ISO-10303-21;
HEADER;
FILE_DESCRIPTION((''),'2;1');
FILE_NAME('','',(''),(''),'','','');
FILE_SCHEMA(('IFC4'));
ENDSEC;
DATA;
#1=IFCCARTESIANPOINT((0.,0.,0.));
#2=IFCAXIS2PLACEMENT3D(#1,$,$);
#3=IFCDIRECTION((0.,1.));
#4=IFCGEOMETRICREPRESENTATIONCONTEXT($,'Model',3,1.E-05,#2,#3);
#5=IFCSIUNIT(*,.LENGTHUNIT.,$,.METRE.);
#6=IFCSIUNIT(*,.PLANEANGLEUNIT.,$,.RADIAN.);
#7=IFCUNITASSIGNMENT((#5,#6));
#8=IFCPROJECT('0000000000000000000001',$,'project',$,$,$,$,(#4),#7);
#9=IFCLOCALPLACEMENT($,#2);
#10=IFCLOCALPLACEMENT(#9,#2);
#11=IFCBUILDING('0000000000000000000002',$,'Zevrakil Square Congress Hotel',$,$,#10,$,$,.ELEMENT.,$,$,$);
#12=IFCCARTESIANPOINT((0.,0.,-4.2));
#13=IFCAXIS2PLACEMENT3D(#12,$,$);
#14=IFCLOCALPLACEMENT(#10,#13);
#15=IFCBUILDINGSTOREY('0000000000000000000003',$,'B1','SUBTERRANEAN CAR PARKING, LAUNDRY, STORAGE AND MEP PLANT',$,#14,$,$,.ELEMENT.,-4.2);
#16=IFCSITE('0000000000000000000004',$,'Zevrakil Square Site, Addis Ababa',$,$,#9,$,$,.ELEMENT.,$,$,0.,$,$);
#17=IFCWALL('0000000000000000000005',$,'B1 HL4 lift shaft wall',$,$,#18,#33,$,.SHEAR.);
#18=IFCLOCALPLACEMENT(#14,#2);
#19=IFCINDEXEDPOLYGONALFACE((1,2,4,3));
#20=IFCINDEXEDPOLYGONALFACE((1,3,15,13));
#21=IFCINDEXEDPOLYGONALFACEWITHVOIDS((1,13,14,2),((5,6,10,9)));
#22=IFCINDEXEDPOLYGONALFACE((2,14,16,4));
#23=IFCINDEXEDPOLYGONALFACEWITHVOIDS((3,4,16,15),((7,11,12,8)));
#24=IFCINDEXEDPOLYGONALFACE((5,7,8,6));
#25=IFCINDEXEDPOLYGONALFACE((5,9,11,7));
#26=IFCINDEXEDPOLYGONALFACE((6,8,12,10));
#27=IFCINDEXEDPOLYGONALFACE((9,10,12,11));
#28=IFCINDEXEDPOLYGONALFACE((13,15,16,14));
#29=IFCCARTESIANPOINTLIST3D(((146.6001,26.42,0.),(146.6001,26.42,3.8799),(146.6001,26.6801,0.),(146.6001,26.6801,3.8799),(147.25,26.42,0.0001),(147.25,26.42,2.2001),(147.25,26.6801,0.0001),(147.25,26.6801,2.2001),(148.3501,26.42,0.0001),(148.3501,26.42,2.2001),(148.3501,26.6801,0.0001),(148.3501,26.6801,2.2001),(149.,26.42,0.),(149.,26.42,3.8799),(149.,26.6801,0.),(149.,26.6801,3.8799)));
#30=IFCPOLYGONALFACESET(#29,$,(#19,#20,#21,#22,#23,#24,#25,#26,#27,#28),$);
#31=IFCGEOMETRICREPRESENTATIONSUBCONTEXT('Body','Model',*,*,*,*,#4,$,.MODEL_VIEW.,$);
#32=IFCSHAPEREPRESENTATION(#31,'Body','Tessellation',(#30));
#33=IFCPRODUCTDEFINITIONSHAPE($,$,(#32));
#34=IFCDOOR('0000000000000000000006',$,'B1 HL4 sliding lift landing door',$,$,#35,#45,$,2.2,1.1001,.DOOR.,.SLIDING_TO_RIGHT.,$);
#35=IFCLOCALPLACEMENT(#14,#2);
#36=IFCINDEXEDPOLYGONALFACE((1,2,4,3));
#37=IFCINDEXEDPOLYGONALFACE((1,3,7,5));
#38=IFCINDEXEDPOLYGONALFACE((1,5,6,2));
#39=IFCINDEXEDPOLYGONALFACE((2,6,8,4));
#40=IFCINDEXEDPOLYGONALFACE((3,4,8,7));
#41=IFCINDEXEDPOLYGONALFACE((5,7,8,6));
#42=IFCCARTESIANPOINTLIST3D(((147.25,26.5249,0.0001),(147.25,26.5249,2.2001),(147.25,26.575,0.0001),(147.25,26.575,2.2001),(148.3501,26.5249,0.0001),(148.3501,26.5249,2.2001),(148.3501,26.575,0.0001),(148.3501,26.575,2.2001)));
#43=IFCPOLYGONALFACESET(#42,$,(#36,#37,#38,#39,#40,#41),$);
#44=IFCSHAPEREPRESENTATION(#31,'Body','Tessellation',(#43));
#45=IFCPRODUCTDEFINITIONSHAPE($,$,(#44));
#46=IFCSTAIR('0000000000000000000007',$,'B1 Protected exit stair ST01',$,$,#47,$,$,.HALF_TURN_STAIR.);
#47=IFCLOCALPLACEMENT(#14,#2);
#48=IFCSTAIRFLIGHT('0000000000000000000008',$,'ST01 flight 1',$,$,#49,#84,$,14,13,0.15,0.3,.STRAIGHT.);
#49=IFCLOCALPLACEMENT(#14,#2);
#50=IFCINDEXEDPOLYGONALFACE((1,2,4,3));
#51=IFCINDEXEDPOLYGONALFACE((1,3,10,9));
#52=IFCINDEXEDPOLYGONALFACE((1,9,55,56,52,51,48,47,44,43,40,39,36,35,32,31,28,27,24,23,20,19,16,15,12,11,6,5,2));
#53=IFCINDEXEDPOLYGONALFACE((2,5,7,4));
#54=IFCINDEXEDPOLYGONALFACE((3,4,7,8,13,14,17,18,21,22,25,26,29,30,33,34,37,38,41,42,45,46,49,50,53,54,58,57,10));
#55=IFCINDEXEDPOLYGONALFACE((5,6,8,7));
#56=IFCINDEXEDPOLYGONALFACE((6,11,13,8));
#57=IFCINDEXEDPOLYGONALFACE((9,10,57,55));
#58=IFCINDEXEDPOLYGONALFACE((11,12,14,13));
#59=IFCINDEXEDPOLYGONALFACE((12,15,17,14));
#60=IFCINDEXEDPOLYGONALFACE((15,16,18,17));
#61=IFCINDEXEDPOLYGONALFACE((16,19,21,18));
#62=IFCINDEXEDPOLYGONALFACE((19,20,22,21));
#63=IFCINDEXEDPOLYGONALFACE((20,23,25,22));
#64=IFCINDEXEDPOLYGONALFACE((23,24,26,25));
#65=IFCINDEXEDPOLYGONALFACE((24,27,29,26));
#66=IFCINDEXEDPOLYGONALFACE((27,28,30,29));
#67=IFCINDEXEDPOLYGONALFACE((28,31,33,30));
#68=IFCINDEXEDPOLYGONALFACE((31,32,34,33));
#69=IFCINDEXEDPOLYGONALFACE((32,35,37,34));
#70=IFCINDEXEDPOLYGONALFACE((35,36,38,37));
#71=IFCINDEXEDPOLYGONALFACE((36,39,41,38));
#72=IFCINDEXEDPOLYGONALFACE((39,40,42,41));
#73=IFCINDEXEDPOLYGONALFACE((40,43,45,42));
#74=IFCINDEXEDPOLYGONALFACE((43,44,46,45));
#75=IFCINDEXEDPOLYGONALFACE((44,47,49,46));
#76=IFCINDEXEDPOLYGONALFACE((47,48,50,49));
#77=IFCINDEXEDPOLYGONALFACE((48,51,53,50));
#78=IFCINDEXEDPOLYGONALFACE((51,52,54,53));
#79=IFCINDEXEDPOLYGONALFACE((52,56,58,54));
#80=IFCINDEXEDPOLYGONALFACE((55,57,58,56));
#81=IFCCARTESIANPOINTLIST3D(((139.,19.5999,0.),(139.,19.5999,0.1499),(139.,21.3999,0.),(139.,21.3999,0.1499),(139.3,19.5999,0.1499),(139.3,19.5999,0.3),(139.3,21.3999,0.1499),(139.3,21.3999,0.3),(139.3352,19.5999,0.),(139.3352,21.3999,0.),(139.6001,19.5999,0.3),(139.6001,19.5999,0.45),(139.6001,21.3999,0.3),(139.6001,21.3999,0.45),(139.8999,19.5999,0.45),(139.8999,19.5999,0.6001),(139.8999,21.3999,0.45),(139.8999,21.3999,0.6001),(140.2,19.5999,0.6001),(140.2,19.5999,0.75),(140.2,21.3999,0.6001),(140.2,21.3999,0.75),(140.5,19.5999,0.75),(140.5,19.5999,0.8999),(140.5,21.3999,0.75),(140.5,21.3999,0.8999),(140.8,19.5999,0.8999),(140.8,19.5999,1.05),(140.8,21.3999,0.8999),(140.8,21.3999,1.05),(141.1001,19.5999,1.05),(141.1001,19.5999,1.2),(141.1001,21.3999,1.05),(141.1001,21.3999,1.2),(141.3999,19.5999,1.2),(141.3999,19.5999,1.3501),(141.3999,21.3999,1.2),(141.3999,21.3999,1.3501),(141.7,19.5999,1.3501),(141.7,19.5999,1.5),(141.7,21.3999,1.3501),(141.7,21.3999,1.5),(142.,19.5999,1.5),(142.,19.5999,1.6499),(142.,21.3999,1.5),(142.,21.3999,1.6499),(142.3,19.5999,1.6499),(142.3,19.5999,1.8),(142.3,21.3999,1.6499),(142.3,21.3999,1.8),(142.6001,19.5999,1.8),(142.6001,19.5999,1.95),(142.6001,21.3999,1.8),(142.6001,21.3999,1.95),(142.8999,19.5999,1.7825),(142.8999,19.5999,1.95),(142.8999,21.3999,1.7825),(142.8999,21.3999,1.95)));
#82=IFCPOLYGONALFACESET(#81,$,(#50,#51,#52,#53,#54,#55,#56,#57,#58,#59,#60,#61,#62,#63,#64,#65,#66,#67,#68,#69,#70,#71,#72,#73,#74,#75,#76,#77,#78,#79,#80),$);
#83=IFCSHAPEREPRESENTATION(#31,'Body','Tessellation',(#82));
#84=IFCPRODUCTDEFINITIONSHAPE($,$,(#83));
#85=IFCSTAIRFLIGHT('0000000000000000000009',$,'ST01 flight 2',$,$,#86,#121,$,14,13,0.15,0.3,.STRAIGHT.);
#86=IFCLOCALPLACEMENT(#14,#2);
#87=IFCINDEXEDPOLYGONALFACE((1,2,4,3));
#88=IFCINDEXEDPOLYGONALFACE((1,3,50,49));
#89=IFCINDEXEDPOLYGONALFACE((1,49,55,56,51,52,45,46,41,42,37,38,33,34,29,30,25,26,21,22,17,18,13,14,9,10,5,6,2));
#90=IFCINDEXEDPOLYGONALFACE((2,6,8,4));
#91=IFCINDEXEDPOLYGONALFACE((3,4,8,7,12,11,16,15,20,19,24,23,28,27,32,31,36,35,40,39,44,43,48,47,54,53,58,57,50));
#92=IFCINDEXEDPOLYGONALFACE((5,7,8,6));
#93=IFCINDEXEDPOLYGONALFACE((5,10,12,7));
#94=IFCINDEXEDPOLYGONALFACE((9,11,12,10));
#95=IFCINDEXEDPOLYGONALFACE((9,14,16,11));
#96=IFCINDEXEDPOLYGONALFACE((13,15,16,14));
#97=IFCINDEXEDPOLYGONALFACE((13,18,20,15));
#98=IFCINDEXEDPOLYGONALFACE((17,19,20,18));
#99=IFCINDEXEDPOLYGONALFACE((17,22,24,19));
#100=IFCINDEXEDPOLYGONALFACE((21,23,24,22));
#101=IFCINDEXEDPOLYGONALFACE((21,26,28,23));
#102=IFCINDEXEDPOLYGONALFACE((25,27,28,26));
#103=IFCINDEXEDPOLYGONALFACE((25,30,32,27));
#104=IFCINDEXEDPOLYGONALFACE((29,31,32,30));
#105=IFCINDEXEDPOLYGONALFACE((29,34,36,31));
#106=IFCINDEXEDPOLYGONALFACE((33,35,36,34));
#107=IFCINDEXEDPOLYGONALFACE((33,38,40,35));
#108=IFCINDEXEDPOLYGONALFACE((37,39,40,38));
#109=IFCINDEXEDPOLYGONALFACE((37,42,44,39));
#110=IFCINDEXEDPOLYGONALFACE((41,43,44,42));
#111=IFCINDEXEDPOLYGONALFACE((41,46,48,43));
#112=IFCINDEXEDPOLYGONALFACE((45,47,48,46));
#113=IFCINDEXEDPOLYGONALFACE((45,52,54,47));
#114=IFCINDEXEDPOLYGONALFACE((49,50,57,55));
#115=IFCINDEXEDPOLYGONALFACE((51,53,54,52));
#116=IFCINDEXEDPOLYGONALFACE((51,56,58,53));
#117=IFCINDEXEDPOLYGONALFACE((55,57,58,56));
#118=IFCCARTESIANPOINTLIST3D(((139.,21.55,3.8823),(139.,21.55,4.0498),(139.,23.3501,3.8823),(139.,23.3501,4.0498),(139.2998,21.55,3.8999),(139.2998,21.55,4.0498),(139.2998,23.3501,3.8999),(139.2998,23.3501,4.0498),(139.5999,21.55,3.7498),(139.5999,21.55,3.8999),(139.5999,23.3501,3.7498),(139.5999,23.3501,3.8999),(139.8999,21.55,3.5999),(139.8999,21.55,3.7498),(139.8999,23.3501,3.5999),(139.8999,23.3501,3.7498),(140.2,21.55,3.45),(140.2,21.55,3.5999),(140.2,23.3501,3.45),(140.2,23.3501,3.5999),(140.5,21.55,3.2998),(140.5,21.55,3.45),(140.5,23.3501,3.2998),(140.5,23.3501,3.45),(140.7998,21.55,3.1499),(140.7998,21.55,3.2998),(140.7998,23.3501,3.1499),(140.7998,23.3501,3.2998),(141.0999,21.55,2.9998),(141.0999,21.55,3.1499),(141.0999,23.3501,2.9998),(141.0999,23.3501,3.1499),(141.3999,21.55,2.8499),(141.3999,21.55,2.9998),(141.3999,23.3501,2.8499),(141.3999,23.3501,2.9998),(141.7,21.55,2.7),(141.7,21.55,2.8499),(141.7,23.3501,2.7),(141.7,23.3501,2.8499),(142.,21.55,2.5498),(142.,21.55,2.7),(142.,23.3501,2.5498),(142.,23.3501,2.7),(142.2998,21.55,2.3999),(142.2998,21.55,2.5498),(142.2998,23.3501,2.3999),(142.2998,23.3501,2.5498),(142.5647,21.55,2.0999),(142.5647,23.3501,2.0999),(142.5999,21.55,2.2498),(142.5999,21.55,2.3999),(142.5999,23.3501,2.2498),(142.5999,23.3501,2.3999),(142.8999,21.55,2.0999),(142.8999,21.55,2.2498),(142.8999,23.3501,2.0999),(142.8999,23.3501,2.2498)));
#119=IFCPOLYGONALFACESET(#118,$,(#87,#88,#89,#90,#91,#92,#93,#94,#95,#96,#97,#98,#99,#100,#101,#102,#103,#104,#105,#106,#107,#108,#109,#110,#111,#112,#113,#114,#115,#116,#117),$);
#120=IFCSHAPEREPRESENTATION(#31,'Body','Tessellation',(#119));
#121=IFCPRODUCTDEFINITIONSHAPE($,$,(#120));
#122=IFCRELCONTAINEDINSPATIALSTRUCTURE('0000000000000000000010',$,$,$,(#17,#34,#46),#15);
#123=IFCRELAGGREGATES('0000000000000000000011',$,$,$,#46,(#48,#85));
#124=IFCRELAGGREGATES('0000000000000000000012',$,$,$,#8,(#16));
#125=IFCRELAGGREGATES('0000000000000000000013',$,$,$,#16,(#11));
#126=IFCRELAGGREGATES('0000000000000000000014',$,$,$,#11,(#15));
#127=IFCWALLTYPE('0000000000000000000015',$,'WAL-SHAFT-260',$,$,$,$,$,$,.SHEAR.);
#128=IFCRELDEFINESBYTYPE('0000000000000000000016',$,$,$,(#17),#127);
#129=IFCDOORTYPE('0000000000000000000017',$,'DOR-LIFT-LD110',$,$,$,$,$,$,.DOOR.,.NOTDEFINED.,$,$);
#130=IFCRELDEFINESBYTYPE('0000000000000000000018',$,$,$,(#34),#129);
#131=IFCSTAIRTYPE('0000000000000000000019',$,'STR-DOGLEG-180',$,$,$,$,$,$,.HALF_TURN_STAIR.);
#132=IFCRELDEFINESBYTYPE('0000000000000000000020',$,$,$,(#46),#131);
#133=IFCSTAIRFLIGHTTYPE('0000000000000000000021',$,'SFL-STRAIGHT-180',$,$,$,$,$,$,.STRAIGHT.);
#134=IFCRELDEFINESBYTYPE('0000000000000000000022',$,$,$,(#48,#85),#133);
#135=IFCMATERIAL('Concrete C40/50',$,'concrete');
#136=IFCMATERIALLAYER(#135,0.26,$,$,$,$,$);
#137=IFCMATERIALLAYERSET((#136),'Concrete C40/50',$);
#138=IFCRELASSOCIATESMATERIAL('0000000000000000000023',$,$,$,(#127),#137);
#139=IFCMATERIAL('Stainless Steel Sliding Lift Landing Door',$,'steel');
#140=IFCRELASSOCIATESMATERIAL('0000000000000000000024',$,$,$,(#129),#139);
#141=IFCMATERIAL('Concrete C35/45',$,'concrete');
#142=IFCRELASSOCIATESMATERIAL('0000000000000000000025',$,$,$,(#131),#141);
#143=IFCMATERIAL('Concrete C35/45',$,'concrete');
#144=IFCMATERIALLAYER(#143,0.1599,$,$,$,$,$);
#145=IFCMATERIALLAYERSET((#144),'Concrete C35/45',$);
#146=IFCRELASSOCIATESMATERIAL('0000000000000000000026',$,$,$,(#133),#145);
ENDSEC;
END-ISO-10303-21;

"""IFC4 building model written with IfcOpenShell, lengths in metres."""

from ifc_helpers import new_model, si_unit, direction, frame, frame_2d, origin, place, context, subcontext, project, spatial, polyline, rectangle, outline, extrude, material, layer, layer_set, type_object, element, fill, aggregate, save


model = new_model("IFC4")

# Units and contexts
model_context = context("Model", 3, precision=1e-05, world=origin(), true_north=direction((0.0, 1.0)))
body_context = subcontext(model_context, "Body", "Model", "MODEL_VIEW")
ifc_project = project(units=[si_unit("LENGTHUNIT", "METRE"), si_unit("PLANEANGLEUNIT", "RADIAN")], contexts=[model_context])

# Site, building, storey
site_placement = place(None, origin())
site = spatial("IfcSite", under=ifc_project, at=site_placement, Name="Zevrakil Square Site, Addis Ababa", CompositionType="ELEMENT", RefElevation=0.0)
building_placement = place(site_placement, origin())
building = spatial("IfcBuilding", under=site, at=building_placement, Name="Zevrakil Square Congress Hotel", CompositionType="ELEMENT")
storey_placement = place(building_placement, frame((0.0, 0.0, -4.2)))
storey = spatial("IfcBuildingStorey", under=building, at=storey_placement, Name="B1", Description="SUBTERRANEAN CAR PARKING, LAUNDRY, STORAGE AND MEP PLANT", CompositionType="ELEMENT", Elevation=-4.2)

# Shared definitions
ifc_material_1 = material(Name="Concrete C40/50", Category="concrete")
ifc_layer_1 = layer(ifc_material_1, 0.26)
ifc_layer_set_1 = layer_set([ifc_layer_1], Name="Concrete C40/50")
wall_type = type_object("IfcWallType", Name="WAL-SHAFT-260", PredefinedType="SHEAR", material=ifc_layer_set_1)

# Shared definitions
ifc_material_2 = material(Name="Stainless Steel Sliding Lift Landing Door", Category="steel")
door_type_1 = type_object("IfcDoorType", Name="DOR-LIFT-LD110", OperationType="NOTDEFINED", PredefinedType="DOOR", material=ifc_material_2)

# Wall, opening, door
wall_1_placement = place(storey_placement, frame((146.6001, 26.55, 0.0), z_axis=(0.0, 0.0, 1.0), x_axis=(1.0, 0.0, 0.0)))
wall_1 = element("IfcWall", 1, at=wall_1_placement, inside=storey, type_object=wall_type, Name="B1 HL4 lift shaft wall", PredefinedType="SHEAR", context=body_context, shape_type="SweptSolid", body=[
    extrude(rectangle(XDim=2.3999, YDim=0.26, at=frame_2d((1.2, 0.0))), origin(), (0.0, 0.0, 1.0), 3.8799),
])
opening_1_placement = place(wall_1_placement, frame((0.6499, 0.0, 0.0)))
opening_1 = element("IfcOpeningElement", 2, at=opening_1_placement, cuts=wall_1, PredefinedType="OPENING", context=body_context, shape_type="SweptSolid", body=[
    extrude(rectangle(XDim=1.1001, YDim=2.2, at=frame_2d((0.55, 1.1001))), frame((0.0, 0.1401, 0.0), z_axis=(0.0, -1.0, 0.0), x_axis=(1.0, 0.0, 0.0)), (0.0, 0.0, 1.0), 0.28),
])
door_1_placement = place(opening_1_placement, origin())
door_1 = element("IfcDoor", 3, at=door_1_placement, inside=storey, type_object=door_type_1, Name="B1 HL4 sliding lift landing door", OperationType="SLIDING_TO_RIGHT", OverallHeight=2.2, OverallWidth=1.1001, PredefinedType="DOOR", context=body_context, shape_type="SweptSolid", body=[
    extrude(rectangle(XDim=1.1001, YDim=2.2, at=frame_2d((0.55, 1.1001))), frame((0.0, 0.0249, 0.0), z_axis=(0.0, -1.0, 0.0), x_axis=(1.0, 0.0, 0.0)), (0.0, 0.0, 1.0), 0.05),
])
fill(opening_1, door_1)

# Stair, stair flights
ifc_material_3 = material(Name="Concrete C35/45", Category="concrete")
stair_type = type_object("IfcStairType", Name="STR-DOGLEG-180", PredefinedType="HALF_TURN_STAIR", material=ifc_material_3)
stair_placement = place(storey_placement, origin())
stair = element("IfcStair", 4, at=stair_placement, inside=storey, type_object=stair_type, Name="B1 Protected exit stair ST01", PredefinedType="HALF_TURN_STAIR")
ifc_material_4 = material(Name="Concrete C35/45", Category="concrete")
ifc_layer_2 = layer(ifc_material_4, 0.1599)
ifc_layer_set_2 = layer_set([ifc_layer_2], Name="Concrete C35/45")
stair_flight_type = type_object("IfcStairFlightType", Name="SFL-STRAIGHT-180", PredefinedType="STRAIGHT", material=ifc_layer_set_2)
stair_flight_1_placement = place(storey_placement, frame((139.0, 20.5, 0.0), z_axis=(0.0, 0.0, 1.0), x_axis=(1.0, 0.0, 0.0)))
stair_flight_1 = element("IfcStairFlight", 5, at=stair_flight_1_placement, type_object=stair_flight_type, Name="ST01 flight 1", NumberOfRisers=14, NumberOfTreads=13, PredefinedType="STRAIGHT", RiserHeight=0.15, TreadLength=0.3, context=body_context, shape_type="SweptSolid", body=[
    extrude(outline(polyline([(0.0, 0.0), (0.0, 0.1499), (0.3, 0.1499), (0.3, 0.3), (0.6001, 0.3), (0.6001, 0.45), (0.8999, 0.45), (0.8999, 0.6001), (1.2, 0.6001), (1.2, 0.75), (1.5, 0.75), (1.5, 0.8999), (1.8, 0.8999), (1.8, 1.05), (2.1001, 1.05), (2.1001, 1.2), (2.3999, 1.2), (2.3999, 1.3501), (2.7, 1.3501), (2.7, 1.5), (3.0, 1.5), (3.0, 1.6499), (3.3, 1.6499), (3.3, 1.8), (3.6001, 1.8), (3.6001, 1.95), (3.8999, 1.95), (3.8999, 2.1001), (3.8999, 1.7825), (0.3352, 0.0), (0.0, 0.0)])), frame((0.0, 0.8999, 0.0), z_axis=(0.0, -1.0, 0.0), x_axis=(1.0, 0.0, 0.0)), (0.0, 0.0, 1.0), 1.8),
])
stair_flight_2_placement = place(storey_placement, frame((142.8999, 22.45, 2.0999), z_axis=(0.0, 0.0, 1.0), x_axis=(-1.0, 0.0, 0.0)))
stair_flight_2 = element("IfcStairFlight", 6, at=stair_flight_2_placement, type_object=stair_flight_type, Name="ST01 flight 2", NumberOfRisers=14, NumberOfTreads=13, PredefinedType="STRAIGHT", RiserHeight=0.15, TreadLength=0.3, context=body_context, shape_type="SweptSolid", body=[
    extrude(outline(polyline([(0.0, 0.0), (0.0, 0.1499), (0.3, 0.1499), (0.3, 0.3), (0.6001, 0.3), (0.6001, 0.45), (0.8999, 0.45), (0.8999, 0.6001), (1.2, 0.6001), (1.2, 0.75), (1.5, 0.75), (1.5, 0.8999), (1.8, 0.8999), (1.8, 1.05), (2.1001, 1.05), (2.1001, 1.2), (2.3999, 1.2), (2.3999, 1.3501), (2.7, 1.3501), (2.7, 1.5), (3.0, 1.5), (3.0, 1.6499), (3.3, 1.6499), (3.3, 1.8), (3.6001, 1.8), (3.6001, 1.95), (3.8999, 1.95), (3.8999, 2.1001), (3.8999, 1.7825), (0.3352, 0.0), (0.0, 0.0)])), frame((0.0, 0.8999, 0.0), z_axis=(0.0, -1.0, 0.0), x_axis=(1.0, 0.0, 0.0)), (0.0, 0.0, 1.0), 1.8),
])
aggregate(stair, [stair_flight_1, stair_flight_2])

save(model, "model.ifc")
